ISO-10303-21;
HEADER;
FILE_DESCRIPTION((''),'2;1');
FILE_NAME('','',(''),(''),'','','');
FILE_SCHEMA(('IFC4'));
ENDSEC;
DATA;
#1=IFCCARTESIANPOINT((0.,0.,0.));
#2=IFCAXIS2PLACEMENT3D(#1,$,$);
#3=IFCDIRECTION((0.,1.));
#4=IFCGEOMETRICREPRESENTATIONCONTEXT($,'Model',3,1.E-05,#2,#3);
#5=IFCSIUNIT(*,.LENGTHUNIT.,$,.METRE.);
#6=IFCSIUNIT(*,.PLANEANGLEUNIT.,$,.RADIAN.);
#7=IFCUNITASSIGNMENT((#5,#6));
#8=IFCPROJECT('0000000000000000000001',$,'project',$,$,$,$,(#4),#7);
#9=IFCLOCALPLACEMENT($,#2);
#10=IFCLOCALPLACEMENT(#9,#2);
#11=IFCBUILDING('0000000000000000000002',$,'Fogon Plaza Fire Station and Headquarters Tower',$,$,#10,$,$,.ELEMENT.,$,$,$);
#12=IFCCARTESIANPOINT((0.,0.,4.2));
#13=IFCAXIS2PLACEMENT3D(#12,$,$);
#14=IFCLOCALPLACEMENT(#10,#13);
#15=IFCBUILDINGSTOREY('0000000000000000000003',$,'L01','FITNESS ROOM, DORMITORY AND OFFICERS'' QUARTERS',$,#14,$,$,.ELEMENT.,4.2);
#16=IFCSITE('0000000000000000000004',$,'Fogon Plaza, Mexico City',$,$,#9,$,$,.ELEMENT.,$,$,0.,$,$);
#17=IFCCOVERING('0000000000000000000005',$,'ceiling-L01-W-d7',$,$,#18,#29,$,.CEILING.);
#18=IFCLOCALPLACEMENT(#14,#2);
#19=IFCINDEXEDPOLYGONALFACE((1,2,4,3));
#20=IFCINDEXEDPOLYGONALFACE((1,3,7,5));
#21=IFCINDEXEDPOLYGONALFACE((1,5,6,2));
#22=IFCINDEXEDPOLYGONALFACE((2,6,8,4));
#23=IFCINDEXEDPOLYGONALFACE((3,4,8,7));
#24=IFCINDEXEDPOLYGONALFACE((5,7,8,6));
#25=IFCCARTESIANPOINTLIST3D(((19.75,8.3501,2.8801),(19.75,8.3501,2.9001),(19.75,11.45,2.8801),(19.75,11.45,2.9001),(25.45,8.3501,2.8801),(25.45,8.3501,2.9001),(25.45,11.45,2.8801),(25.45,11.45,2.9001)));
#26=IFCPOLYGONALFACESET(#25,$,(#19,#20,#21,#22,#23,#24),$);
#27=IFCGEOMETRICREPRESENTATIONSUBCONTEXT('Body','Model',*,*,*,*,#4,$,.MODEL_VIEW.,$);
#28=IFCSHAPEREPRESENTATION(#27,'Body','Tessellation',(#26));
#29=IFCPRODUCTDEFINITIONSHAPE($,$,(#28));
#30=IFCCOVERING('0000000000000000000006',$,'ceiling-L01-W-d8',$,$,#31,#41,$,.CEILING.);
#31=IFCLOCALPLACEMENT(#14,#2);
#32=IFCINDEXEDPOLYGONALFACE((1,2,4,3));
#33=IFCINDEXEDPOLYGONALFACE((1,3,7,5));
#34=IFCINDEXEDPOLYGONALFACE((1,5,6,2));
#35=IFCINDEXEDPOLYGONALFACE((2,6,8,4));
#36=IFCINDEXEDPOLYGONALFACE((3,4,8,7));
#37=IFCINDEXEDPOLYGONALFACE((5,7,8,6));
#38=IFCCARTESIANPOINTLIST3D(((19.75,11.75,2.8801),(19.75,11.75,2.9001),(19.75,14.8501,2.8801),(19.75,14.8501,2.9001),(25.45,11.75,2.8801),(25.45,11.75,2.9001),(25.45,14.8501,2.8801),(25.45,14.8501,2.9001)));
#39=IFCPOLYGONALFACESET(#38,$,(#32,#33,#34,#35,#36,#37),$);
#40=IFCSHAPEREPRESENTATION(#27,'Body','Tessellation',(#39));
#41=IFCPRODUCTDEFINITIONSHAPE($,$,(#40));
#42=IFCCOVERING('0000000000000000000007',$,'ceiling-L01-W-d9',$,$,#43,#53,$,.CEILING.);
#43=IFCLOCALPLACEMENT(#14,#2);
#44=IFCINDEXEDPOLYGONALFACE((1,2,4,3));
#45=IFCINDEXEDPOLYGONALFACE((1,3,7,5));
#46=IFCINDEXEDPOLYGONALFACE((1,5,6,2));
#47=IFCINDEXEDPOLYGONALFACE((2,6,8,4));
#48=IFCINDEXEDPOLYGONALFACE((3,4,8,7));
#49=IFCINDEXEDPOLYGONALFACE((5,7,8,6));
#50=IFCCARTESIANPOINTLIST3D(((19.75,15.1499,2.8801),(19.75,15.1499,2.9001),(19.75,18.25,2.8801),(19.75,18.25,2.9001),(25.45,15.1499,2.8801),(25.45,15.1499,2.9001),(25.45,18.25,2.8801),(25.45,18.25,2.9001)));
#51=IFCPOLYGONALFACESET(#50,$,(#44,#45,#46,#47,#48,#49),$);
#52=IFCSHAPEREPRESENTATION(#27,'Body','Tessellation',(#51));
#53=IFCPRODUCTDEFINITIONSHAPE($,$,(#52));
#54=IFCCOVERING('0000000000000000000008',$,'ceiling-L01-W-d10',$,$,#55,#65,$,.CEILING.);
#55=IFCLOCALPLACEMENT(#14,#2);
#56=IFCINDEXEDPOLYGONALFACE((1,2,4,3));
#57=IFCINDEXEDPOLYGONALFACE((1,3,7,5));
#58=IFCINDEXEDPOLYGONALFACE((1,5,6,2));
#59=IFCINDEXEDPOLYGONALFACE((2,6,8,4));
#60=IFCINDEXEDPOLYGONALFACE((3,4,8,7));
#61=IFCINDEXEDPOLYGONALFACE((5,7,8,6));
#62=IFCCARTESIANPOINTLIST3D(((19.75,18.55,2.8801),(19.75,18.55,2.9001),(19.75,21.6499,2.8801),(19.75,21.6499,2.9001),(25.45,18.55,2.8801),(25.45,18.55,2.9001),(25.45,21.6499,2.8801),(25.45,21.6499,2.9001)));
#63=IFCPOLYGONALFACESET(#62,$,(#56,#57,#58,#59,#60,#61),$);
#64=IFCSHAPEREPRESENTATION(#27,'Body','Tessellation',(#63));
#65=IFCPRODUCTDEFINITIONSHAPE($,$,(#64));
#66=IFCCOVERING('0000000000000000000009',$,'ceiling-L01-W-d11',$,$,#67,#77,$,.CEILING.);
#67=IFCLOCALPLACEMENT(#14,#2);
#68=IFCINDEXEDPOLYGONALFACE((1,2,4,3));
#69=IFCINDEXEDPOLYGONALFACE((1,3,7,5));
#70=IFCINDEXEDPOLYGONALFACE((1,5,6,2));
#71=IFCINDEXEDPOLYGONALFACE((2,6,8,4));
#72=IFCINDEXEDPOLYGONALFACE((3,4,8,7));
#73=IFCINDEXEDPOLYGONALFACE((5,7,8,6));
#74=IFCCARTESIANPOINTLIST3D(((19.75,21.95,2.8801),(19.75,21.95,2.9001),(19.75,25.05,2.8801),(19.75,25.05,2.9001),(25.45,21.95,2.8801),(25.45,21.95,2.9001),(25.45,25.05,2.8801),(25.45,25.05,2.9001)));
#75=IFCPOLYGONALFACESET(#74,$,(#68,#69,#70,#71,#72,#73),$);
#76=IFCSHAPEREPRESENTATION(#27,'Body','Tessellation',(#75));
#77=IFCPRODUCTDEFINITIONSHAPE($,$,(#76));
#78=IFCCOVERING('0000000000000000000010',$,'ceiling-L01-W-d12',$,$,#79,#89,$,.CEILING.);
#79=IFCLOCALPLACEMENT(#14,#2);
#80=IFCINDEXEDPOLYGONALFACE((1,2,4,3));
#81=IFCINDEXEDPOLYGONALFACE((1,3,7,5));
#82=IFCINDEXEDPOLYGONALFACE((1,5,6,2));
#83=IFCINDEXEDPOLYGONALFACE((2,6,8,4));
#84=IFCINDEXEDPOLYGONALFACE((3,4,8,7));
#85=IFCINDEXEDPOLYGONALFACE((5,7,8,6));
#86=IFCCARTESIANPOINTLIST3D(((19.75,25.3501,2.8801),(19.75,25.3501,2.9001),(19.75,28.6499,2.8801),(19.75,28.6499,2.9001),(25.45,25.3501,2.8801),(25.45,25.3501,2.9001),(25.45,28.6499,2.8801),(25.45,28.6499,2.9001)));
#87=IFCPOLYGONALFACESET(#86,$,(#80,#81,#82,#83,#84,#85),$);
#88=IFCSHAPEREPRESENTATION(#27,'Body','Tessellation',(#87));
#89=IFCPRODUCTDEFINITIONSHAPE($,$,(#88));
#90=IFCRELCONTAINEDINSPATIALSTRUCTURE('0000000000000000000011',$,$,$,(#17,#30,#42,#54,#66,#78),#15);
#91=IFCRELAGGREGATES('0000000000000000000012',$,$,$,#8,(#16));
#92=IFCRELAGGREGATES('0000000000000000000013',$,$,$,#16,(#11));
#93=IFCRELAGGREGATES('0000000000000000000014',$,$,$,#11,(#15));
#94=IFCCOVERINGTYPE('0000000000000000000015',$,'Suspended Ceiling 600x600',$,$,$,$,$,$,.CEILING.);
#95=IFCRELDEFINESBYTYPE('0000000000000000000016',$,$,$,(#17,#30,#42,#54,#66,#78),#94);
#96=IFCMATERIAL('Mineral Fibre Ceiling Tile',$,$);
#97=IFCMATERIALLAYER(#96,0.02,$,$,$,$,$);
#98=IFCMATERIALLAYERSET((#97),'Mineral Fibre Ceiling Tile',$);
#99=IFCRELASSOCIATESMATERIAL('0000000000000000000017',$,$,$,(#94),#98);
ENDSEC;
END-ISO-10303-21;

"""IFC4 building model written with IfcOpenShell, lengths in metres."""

from ifc_helpers import new_model, si_unit, direction, frame, origin, place, context, subcontext, project, spatial, polyline, outline, extrude, material, layer, layer_set, type_object, element, save


model = new_model("IFC4")

# Units and contexts
model_context = context("Model", 3, precision=1e-05, world=origin(), true_north=direction((0.0, 1.0)))
body_context = subcontext(model_context, "Body", "Model", "MODEL_VIEW")
ifc_project = project(units=[si_unit("LENGTHUNIT", "METRE"), si_unit("PLANEANGLEUNIT", "RADIAN")], contexts=[model_context])

# Site, building, storey
site_placement = place(None, origin())
site = spatial("IfcSite", under=ifc_project, at=site_placement, Name="Fogon Plaza, Mexico City", CompositionType="ELEMENT", RefElevation=0.0)
building_placement = place(site_placement, origin())
building = spatial("IfcBuilding", under=site, at=building_placement, Name="Fogon Plaza Fire Station and Headquarters Tower", CompositionType="ELEMENT")
storey_placement = place(building_placement, frame((0.0, 0.0, 4.2)))
storey = spatial("IfcBuildingStorey", under=building, at=storey_placement, Name="L01", Description="FITNESS ROOM, DORMITORY AND OFFICERS' QUARTERS", CompositionType="ELEMENT", Elevation=4.2)

# Coverings
ifc_material_1 = material(Name="Mineral Fibre Ceiling Tile")
ifc_layer_1 = layer(ifc_material_1, 0.02)
ifc_layer_set_1 = layer_set([ifc_layer_1], Name="Mineral Fibre Ceiling Tile")
covering_type_1 = type_object("IfcCoveringType", Name="Suspended Ceiling 600x600", PredefinedType="CEILING", material=ifc_layer_set_1)
covering_1_placement = place(storey_placement, frame((0.0, 0.0, 2.8801)))
element("IfcCovering", 1, at=covering_1_placement, inside=storey, type_object=covering_type_1, Name="ceiling-L01-W-d7", PredefinedType="CEILING", context=body_context, shape_type="SweptSolid", body=[
    extrude(outline(polyline([(19.75, 8.3501), (19.75, 11.45), (25.45, 11.45), (25.45, 8.3501), (19.75, 8.3501)])), origin(), (0.0, 0.0, 1.0), 0.02),
])
covering_2_placement = place(storey_placement, frame((0.0, 0.0, 2.8801)))
element("IfcCovering", 2, at=covering_2_placement, inside=storey, type_object=covering_type_1, Name="ceiling-L01-W-d8", PredefinedType="CEILING", context=body_context, shape_type="SweptSolid", body=[
    extrude(outline(polyline([(19.75, 11.75), (19.75, 14.8501), (25.45, 14.8501), (25.45, 11.75), (19.75, 11.75)])), origin(), (0.0, 0.0, 1.0), 0.02),
])
covering_3_placement = place(storey_placement, frame((0.0, 0.0, 2.8801)))
element("IfcCovering", 3, at=covering_3_placement, inside=storey, type_object=covering_type_1, Name="ceiling-L01-W-d9", PredefinedType="CEILING", context=body_context, shape_type="SweptSolid", body=[
    extrude(outline(polyline([(19.75, 15.1499), (19.75, 18.25), (25.45, 18.25), (25.45, 15.1499), (19.75, 15.1499)])), origin(), (0.0, 0.0, 1.0), 0.02),
])
covering_4_placement = place(storey_placement, frame((0.0, 0.0, 2.8801)))
element("IfcCovering", 4, at=covering_4_placement, inside=storey, type_object=covering_type_1, Name="ceiling-L01-W-d10", PredefinedType="CEILING", context=body_context, shape_type="SweptSolid", body=[
    extrude(outline(polyline([(19.75, 18.55), (19.75, 21.6499), (25.45, 21.6499), (25.45, 18.55), (19.75, 18.55)])), origin(), (0.0, 0.0, 1.0), 0.02),
])
covering_5_placement = place(storey_placement, frame((0.0, 0.0, 2.8801)))
element("IfcCovering", 5, at=covering_5_placement, inside=storey, type_object=covering_type_1, Name="ceiling-L01-W-d11", PredefinedType="CEILING", context=body_context, shape_type="SweptSolid", body=[
    extrude(outline(polyline([(19.75, 21.95), (19.75, 25.05), (25.45, 25.05), (25.45, 21.95), (19.75, 21.95)])), origin(), (0.0, 0.0, 1.0), 0.02),
])
covering_6_placement = place(storey_placement, frame((0.0, 0.0, 2.8801)))
element("IfcCovering", 6, at=covering_6_placement, inside=storey, type_object=covering_type_1, Name="ceiling-L01-W-d12", PredefinedType="CEILING", context=body_context, shape_type="SweptSolid", body=[
    extrude(outline(polyline([(19.75, 25.3501), (19.75, 28.6499), (25.45, 28.6499), (25.45, 25.3501), (19.75, 25.3501)])), origin(), (0.0, 0.0, 1.0), 0.02),
])

save(model, "model.ifc")
